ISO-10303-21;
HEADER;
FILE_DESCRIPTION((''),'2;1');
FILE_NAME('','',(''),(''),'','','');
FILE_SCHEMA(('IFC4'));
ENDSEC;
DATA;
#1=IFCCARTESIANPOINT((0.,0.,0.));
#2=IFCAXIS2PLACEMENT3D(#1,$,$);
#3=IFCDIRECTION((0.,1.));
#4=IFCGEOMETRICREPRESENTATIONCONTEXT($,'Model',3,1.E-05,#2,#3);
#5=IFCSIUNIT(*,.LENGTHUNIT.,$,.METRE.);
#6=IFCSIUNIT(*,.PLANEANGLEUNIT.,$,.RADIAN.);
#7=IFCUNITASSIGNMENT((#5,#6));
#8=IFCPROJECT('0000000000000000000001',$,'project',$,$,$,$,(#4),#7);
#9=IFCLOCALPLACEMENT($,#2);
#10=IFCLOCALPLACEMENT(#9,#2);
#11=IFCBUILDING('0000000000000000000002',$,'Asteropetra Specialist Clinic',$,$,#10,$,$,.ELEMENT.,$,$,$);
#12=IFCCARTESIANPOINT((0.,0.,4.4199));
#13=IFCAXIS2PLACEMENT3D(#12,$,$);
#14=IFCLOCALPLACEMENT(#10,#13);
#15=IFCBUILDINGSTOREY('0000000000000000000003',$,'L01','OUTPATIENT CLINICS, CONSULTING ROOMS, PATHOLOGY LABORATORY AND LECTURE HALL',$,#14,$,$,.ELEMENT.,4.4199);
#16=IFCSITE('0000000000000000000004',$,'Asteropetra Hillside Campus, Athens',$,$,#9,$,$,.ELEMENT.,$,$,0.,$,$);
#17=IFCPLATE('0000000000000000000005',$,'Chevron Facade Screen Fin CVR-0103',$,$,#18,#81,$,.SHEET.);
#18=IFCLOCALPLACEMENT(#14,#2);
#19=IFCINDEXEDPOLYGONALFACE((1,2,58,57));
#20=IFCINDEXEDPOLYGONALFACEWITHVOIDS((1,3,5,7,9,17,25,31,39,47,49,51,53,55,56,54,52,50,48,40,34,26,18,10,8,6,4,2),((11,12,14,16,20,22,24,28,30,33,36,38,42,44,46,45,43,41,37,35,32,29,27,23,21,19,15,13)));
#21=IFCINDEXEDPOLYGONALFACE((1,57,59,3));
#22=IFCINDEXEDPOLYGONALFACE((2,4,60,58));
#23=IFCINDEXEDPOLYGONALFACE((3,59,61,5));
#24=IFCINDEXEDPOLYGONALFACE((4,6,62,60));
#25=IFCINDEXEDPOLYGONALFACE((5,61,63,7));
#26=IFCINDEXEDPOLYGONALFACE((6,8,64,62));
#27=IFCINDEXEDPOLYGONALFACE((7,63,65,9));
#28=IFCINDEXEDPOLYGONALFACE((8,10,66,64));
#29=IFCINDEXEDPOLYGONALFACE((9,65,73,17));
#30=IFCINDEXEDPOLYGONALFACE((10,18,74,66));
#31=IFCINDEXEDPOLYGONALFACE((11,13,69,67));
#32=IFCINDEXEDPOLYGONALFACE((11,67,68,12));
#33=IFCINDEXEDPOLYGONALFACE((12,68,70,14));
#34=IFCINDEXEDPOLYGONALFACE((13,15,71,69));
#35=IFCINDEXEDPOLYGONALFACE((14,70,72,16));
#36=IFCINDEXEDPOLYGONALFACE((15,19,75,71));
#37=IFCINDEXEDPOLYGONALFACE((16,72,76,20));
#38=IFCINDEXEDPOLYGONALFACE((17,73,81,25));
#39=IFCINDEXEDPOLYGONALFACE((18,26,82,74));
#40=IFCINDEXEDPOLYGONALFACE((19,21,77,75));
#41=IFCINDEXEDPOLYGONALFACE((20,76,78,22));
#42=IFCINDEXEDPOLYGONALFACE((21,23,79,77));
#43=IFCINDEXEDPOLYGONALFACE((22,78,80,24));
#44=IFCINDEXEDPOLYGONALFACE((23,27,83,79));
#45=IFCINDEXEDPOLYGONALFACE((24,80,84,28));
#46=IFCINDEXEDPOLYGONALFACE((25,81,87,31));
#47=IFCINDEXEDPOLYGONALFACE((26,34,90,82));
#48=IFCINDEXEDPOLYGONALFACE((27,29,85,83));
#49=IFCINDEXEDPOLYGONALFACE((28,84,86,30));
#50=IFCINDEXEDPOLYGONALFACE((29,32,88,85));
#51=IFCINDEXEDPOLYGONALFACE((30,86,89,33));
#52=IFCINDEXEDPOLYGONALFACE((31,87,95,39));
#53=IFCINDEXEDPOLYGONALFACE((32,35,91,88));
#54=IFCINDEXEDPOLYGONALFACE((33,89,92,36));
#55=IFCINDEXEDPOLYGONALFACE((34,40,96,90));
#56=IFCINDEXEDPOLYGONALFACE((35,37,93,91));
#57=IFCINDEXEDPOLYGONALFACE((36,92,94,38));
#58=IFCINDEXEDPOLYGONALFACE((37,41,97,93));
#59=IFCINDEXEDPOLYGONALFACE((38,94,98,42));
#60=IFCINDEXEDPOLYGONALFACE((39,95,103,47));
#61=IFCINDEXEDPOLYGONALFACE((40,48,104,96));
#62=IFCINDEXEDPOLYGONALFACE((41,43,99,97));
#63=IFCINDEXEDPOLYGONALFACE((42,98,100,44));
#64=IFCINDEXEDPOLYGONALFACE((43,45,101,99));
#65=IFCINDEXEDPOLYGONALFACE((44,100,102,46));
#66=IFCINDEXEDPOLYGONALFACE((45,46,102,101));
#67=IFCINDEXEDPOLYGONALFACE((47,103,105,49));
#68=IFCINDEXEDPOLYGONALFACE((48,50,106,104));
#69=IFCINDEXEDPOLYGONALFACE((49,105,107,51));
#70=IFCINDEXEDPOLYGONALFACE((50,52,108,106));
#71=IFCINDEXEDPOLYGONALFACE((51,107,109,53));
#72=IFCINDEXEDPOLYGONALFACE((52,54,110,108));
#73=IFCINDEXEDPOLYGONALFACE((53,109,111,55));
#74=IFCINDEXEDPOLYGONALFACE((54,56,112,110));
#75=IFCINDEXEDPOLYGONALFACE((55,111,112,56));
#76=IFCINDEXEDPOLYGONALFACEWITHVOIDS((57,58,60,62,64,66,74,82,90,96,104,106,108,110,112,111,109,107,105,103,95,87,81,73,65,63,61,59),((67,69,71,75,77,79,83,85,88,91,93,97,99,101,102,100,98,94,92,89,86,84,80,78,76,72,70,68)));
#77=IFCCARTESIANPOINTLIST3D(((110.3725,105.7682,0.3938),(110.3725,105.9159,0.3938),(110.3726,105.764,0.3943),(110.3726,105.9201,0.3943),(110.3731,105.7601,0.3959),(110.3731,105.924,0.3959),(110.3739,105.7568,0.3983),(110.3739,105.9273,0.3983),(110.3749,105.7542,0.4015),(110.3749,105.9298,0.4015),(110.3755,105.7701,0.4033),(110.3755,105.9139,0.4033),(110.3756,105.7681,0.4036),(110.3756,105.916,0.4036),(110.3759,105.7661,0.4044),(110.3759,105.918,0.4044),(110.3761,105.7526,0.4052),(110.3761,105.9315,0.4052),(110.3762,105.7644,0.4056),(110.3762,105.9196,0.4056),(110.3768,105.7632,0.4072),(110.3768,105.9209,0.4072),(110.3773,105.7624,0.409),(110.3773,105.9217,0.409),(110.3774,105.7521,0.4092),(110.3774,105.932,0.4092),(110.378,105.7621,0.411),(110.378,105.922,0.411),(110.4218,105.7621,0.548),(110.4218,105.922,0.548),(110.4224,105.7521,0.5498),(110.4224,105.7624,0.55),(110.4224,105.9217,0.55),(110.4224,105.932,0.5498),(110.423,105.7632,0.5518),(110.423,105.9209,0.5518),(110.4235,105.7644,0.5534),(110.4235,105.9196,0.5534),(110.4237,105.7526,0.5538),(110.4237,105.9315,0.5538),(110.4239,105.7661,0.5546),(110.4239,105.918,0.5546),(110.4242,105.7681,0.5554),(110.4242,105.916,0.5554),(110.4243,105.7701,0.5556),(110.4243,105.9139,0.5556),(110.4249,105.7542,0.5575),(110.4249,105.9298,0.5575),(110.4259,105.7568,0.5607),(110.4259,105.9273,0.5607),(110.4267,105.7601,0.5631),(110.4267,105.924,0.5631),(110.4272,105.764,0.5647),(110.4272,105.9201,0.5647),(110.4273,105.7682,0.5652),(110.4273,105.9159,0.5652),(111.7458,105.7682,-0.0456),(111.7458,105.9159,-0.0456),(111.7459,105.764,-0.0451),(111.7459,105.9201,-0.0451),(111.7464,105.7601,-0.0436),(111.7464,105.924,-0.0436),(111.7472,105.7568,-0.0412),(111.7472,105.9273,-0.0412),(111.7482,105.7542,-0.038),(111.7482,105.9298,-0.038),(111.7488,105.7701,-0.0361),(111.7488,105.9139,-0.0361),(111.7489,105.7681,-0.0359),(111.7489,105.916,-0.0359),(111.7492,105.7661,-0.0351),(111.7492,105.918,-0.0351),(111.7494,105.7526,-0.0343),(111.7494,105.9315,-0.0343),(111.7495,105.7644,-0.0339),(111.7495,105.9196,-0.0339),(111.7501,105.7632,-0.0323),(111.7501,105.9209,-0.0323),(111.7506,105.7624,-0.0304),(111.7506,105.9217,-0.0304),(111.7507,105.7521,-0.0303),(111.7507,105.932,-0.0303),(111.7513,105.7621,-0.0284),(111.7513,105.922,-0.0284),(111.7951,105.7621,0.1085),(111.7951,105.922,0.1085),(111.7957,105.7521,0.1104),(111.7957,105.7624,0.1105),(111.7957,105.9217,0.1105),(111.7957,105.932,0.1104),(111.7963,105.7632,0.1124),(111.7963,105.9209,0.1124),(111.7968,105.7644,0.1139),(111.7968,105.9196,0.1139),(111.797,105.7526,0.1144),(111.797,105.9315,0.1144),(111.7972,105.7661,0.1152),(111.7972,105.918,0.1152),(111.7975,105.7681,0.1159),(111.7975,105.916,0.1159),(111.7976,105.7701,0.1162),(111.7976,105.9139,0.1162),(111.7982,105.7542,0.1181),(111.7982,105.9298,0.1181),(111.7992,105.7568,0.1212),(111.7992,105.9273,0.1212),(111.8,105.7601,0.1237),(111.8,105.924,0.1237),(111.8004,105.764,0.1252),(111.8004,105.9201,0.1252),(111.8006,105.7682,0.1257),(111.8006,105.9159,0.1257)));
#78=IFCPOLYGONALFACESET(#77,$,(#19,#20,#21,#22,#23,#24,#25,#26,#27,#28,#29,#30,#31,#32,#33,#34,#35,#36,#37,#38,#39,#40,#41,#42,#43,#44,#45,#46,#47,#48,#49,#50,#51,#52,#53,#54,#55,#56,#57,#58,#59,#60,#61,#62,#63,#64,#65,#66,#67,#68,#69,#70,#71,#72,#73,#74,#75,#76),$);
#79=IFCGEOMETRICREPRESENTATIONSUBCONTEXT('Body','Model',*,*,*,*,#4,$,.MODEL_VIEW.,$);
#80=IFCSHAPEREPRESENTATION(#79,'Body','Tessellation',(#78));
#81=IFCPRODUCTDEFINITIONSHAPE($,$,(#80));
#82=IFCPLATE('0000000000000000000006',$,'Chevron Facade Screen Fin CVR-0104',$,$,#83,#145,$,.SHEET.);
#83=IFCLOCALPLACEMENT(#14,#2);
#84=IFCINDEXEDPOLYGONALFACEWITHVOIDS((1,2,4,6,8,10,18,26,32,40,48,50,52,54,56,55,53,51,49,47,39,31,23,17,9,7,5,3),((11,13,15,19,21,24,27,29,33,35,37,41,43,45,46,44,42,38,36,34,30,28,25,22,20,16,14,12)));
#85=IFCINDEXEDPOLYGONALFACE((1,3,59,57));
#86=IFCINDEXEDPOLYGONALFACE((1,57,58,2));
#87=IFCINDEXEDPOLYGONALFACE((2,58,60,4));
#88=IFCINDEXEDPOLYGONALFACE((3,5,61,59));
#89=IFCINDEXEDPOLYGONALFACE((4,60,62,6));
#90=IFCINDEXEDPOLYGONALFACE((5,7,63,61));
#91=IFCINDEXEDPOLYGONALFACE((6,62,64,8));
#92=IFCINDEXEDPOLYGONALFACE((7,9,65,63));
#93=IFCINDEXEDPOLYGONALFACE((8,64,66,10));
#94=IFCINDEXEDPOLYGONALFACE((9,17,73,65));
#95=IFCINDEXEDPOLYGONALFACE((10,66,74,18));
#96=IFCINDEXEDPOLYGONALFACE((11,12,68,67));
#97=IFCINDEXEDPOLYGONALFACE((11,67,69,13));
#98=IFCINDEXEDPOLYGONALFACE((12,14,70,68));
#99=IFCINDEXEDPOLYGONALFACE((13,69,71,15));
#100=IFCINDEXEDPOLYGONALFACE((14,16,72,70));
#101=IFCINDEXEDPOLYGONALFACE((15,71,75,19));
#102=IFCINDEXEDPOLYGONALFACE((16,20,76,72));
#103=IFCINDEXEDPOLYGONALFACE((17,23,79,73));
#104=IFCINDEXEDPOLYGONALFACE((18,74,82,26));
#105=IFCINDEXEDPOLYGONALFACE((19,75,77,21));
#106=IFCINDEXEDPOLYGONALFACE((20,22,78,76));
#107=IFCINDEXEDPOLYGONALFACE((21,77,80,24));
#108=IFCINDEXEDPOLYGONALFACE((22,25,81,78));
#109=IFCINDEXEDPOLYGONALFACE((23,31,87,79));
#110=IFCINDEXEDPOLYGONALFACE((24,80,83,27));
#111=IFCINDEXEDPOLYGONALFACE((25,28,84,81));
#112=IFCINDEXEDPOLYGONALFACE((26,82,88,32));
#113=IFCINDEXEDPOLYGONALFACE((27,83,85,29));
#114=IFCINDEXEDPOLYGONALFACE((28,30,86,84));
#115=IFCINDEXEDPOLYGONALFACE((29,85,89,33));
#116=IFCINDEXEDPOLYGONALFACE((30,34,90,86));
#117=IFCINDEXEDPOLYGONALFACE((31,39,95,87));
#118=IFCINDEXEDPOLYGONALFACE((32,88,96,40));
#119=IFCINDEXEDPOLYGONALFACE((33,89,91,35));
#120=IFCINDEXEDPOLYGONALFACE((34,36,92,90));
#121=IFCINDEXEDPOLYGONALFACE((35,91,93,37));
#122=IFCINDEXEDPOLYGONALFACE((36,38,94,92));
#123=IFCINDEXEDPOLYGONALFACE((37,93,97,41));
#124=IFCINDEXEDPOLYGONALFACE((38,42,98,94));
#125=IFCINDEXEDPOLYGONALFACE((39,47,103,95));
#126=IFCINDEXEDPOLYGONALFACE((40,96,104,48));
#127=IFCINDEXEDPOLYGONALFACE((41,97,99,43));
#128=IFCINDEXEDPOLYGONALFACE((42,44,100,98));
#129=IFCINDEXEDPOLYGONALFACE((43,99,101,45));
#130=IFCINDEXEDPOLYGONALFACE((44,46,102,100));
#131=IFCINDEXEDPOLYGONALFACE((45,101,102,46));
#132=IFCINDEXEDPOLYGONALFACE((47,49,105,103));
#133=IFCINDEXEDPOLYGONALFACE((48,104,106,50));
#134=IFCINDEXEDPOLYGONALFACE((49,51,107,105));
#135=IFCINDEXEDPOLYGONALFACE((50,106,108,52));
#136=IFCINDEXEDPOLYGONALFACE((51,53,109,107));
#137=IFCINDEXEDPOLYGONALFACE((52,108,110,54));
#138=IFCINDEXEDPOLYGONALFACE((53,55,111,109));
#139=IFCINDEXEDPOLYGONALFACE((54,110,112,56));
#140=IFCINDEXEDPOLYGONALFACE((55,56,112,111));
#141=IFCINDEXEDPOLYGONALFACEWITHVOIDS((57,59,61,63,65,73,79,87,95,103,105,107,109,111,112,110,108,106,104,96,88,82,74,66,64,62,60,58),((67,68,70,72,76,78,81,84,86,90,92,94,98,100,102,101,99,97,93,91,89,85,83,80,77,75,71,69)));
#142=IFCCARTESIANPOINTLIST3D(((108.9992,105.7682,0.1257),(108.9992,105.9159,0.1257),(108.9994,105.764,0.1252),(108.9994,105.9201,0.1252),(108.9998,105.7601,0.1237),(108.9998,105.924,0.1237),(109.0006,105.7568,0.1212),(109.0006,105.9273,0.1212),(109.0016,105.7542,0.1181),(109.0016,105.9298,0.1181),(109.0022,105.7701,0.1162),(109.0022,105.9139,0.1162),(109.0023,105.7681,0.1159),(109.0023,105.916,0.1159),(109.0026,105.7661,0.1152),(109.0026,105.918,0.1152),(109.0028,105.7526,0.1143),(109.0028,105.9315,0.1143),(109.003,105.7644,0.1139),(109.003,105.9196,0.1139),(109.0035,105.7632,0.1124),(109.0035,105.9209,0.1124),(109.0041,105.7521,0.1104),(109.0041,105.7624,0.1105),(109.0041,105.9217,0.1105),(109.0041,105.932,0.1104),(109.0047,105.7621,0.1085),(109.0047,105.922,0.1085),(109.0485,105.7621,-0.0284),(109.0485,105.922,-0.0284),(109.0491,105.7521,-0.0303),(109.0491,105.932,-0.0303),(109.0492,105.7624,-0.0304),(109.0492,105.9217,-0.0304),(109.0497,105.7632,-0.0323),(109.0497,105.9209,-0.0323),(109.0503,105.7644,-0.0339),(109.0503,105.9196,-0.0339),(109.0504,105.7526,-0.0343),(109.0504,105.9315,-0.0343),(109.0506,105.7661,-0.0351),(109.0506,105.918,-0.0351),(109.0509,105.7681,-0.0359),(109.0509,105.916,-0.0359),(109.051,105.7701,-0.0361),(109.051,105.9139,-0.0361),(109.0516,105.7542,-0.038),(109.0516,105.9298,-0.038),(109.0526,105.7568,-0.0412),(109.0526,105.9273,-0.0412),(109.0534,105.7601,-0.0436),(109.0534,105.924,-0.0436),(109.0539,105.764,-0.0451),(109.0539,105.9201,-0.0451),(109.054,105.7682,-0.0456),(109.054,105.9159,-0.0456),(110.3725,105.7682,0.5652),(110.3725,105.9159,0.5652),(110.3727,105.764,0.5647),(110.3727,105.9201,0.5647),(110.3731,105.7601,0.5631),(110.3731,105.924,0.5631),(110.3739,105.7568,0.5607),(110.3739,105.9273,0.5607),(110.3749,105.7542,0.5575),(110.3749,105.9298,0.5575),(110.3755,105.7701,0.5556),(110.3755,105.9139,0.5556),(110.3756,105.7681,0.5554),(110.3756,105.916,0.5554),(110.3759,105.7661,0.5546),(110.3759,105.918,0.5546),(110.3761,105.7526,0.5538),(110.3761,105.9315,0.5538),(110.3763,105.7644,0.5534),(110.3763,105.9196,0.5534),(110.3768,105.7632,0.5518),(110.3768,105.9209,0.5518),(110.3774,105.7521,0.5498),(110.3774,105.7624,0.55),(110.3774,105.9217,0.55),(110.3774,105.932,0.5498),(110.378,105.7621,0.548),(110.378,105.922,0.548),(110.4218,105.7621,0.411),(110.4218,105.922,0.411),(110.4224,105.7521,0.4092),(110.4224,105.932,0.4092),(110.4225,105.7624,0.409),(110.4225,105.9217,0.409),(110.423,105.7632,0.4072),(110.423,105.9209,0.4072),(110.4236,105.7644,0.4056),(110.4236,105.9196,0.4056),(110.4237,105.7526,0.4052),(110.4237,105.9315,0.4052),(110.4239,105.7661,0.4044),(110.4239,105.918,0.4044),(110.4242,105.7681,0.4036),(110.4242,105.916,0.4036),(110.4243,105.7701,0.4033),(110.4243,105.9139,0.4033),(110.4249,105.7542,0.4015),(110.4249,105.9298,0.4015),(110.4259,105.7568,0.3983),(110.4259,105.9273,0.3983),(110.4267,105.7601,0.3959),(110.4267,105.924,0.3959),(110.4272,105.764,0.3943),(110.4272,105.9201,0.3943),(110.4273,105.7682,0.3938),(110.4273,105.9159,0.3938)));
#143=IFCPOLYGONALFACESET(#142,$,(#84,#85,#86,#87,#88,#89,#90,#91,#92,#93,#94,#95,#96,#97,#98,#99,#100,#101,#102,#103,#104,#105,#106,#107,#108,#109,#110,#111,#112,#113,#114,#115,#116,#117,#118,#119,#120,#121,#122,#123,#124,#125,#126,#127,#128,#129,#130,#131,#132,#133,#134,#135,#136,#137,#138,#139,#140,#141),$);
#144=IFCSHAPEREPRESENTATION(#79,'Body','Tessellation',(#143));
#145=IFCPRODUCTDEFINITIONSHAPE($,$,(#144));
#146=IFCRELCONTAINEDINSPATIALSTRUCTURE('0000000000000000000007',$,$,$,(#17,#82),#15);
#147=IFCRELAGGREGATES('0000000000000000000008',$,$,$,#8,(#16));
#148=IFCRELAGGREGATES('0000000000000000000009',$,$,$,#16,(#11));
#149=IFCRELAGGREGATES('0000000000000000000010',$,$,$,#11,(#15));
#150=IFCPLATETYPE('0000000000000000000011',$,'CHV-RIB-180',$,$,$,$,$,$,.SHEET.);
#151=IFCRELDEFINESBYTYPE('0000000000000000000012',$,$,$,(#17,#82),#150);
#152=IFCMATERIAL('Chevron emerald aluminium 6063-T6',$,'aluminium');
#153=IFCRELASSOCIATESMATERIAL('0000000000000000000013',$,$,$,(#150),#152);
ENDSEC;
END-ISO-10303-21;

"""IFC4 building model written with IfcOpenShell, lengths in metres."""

from ifc_helpers import new_model, si_unit, direction, frame, origin, origin_2d, place, context, subcontext, project, spatial, hollow_rectangle, extrude, material, material_profile, profile_set, type_object, element, save


model = new_model("IFC4")

# Units and contexts
model_context = context("Model", 3, precision=1e-05, world=origin(), true_north=direction((0.0, 1.0)))
body_context = subcontext(model_context, "Body", "Model", "MODEL_VIEW")
ifc_project = project(units=[si_unit("LENGTHUNIT", "METRE"), si_unit("PLANEANGLEUNIT", "RADIAN")], contexts=[model_context])

# Site, building, storey
site_placement = place(None, origin())
site = spatial("IfcSite", under=ifc_project, at=site_placement, Name="Asteropetra Hillside Campus, Athens", CompositionType="ELEMENT", RefElevation=0.0)
building_placement = place(site_placement, origin())
building = spatial("IfcBuilding", under=site, at=building_placement, Name="Asteropetra Specialist Clinic", CompositionType="ELEMENT")
storey_placement = place(building_placement, frame((0.0, 0.0, 4.4199)))
storey = spatial("IfcBuildingStorey", under=building, at=storey_placement, Name="L01", Description="OUTPATIENT CLINICS, CONSULTING ROOMS, PATHOLOGY LABORATORY AND LECTURE HALL", CompositionType="ELEMENT", Elevation=4.4199)

# Plates
ifc_material_1 = material(Name="Chevron emerald aluminium 6063-T6", Category="aluminium")
ifc_material_profile_1 = material_profile(ifc_material_1, hollow_rectangle(XDim=0.1799, YDim=0.1799, WallThickness=0.01, InnerFilletRadius=0.0081, OuterFilletRadius=0.0161, at=origin_2d()), Name="SHS 180x180x10.0")
ifc_profile_set_1 = profile_set([ifc_material_profile_1], Name="Chevron emerald aluminium 6063-T6")
plate_type = type_object("IfcPlateType", Name="CHV-RIB-180", PredefinedType="SHEET", material=ifc_profile_set_1)
for number, where, z_axis, x_axis, name in (
    (1, (111.7732, 105.842, 0.04), (-0.952424, 0.0, 0.304776), (0.0, -1.0, 0.0), "Chevron Facade Screen Fin CVR-0103"),
    (2, (110.3999, 105.842, 0.4795), (-0.952424, 0.0, -0.304776), (0.0, -1.0, 0.0), "Chevron Facade Screen Fin CVR-0104"),
):
    element("IfcPlate", number, at=place(storey_placement, frame(where, z_axis=z_axis, x_axis=x_axis)), inside=storey, type_object=plate_type, Name=name, PredefinedType="SHEET", context=body_context, shape_type="SweptSolid", body=[
        extrude(hollow_rectangle(XDim=0.1799, YDim=0.1799, WallThickness=0.01, InnerFilletRadius=0.0081, OuterFilletRadius=0.0161, at=origin_2d()), origin(), (0.0, 0.0, 1.0), 1.4419),
    ])

save(model, "model.ifc")
